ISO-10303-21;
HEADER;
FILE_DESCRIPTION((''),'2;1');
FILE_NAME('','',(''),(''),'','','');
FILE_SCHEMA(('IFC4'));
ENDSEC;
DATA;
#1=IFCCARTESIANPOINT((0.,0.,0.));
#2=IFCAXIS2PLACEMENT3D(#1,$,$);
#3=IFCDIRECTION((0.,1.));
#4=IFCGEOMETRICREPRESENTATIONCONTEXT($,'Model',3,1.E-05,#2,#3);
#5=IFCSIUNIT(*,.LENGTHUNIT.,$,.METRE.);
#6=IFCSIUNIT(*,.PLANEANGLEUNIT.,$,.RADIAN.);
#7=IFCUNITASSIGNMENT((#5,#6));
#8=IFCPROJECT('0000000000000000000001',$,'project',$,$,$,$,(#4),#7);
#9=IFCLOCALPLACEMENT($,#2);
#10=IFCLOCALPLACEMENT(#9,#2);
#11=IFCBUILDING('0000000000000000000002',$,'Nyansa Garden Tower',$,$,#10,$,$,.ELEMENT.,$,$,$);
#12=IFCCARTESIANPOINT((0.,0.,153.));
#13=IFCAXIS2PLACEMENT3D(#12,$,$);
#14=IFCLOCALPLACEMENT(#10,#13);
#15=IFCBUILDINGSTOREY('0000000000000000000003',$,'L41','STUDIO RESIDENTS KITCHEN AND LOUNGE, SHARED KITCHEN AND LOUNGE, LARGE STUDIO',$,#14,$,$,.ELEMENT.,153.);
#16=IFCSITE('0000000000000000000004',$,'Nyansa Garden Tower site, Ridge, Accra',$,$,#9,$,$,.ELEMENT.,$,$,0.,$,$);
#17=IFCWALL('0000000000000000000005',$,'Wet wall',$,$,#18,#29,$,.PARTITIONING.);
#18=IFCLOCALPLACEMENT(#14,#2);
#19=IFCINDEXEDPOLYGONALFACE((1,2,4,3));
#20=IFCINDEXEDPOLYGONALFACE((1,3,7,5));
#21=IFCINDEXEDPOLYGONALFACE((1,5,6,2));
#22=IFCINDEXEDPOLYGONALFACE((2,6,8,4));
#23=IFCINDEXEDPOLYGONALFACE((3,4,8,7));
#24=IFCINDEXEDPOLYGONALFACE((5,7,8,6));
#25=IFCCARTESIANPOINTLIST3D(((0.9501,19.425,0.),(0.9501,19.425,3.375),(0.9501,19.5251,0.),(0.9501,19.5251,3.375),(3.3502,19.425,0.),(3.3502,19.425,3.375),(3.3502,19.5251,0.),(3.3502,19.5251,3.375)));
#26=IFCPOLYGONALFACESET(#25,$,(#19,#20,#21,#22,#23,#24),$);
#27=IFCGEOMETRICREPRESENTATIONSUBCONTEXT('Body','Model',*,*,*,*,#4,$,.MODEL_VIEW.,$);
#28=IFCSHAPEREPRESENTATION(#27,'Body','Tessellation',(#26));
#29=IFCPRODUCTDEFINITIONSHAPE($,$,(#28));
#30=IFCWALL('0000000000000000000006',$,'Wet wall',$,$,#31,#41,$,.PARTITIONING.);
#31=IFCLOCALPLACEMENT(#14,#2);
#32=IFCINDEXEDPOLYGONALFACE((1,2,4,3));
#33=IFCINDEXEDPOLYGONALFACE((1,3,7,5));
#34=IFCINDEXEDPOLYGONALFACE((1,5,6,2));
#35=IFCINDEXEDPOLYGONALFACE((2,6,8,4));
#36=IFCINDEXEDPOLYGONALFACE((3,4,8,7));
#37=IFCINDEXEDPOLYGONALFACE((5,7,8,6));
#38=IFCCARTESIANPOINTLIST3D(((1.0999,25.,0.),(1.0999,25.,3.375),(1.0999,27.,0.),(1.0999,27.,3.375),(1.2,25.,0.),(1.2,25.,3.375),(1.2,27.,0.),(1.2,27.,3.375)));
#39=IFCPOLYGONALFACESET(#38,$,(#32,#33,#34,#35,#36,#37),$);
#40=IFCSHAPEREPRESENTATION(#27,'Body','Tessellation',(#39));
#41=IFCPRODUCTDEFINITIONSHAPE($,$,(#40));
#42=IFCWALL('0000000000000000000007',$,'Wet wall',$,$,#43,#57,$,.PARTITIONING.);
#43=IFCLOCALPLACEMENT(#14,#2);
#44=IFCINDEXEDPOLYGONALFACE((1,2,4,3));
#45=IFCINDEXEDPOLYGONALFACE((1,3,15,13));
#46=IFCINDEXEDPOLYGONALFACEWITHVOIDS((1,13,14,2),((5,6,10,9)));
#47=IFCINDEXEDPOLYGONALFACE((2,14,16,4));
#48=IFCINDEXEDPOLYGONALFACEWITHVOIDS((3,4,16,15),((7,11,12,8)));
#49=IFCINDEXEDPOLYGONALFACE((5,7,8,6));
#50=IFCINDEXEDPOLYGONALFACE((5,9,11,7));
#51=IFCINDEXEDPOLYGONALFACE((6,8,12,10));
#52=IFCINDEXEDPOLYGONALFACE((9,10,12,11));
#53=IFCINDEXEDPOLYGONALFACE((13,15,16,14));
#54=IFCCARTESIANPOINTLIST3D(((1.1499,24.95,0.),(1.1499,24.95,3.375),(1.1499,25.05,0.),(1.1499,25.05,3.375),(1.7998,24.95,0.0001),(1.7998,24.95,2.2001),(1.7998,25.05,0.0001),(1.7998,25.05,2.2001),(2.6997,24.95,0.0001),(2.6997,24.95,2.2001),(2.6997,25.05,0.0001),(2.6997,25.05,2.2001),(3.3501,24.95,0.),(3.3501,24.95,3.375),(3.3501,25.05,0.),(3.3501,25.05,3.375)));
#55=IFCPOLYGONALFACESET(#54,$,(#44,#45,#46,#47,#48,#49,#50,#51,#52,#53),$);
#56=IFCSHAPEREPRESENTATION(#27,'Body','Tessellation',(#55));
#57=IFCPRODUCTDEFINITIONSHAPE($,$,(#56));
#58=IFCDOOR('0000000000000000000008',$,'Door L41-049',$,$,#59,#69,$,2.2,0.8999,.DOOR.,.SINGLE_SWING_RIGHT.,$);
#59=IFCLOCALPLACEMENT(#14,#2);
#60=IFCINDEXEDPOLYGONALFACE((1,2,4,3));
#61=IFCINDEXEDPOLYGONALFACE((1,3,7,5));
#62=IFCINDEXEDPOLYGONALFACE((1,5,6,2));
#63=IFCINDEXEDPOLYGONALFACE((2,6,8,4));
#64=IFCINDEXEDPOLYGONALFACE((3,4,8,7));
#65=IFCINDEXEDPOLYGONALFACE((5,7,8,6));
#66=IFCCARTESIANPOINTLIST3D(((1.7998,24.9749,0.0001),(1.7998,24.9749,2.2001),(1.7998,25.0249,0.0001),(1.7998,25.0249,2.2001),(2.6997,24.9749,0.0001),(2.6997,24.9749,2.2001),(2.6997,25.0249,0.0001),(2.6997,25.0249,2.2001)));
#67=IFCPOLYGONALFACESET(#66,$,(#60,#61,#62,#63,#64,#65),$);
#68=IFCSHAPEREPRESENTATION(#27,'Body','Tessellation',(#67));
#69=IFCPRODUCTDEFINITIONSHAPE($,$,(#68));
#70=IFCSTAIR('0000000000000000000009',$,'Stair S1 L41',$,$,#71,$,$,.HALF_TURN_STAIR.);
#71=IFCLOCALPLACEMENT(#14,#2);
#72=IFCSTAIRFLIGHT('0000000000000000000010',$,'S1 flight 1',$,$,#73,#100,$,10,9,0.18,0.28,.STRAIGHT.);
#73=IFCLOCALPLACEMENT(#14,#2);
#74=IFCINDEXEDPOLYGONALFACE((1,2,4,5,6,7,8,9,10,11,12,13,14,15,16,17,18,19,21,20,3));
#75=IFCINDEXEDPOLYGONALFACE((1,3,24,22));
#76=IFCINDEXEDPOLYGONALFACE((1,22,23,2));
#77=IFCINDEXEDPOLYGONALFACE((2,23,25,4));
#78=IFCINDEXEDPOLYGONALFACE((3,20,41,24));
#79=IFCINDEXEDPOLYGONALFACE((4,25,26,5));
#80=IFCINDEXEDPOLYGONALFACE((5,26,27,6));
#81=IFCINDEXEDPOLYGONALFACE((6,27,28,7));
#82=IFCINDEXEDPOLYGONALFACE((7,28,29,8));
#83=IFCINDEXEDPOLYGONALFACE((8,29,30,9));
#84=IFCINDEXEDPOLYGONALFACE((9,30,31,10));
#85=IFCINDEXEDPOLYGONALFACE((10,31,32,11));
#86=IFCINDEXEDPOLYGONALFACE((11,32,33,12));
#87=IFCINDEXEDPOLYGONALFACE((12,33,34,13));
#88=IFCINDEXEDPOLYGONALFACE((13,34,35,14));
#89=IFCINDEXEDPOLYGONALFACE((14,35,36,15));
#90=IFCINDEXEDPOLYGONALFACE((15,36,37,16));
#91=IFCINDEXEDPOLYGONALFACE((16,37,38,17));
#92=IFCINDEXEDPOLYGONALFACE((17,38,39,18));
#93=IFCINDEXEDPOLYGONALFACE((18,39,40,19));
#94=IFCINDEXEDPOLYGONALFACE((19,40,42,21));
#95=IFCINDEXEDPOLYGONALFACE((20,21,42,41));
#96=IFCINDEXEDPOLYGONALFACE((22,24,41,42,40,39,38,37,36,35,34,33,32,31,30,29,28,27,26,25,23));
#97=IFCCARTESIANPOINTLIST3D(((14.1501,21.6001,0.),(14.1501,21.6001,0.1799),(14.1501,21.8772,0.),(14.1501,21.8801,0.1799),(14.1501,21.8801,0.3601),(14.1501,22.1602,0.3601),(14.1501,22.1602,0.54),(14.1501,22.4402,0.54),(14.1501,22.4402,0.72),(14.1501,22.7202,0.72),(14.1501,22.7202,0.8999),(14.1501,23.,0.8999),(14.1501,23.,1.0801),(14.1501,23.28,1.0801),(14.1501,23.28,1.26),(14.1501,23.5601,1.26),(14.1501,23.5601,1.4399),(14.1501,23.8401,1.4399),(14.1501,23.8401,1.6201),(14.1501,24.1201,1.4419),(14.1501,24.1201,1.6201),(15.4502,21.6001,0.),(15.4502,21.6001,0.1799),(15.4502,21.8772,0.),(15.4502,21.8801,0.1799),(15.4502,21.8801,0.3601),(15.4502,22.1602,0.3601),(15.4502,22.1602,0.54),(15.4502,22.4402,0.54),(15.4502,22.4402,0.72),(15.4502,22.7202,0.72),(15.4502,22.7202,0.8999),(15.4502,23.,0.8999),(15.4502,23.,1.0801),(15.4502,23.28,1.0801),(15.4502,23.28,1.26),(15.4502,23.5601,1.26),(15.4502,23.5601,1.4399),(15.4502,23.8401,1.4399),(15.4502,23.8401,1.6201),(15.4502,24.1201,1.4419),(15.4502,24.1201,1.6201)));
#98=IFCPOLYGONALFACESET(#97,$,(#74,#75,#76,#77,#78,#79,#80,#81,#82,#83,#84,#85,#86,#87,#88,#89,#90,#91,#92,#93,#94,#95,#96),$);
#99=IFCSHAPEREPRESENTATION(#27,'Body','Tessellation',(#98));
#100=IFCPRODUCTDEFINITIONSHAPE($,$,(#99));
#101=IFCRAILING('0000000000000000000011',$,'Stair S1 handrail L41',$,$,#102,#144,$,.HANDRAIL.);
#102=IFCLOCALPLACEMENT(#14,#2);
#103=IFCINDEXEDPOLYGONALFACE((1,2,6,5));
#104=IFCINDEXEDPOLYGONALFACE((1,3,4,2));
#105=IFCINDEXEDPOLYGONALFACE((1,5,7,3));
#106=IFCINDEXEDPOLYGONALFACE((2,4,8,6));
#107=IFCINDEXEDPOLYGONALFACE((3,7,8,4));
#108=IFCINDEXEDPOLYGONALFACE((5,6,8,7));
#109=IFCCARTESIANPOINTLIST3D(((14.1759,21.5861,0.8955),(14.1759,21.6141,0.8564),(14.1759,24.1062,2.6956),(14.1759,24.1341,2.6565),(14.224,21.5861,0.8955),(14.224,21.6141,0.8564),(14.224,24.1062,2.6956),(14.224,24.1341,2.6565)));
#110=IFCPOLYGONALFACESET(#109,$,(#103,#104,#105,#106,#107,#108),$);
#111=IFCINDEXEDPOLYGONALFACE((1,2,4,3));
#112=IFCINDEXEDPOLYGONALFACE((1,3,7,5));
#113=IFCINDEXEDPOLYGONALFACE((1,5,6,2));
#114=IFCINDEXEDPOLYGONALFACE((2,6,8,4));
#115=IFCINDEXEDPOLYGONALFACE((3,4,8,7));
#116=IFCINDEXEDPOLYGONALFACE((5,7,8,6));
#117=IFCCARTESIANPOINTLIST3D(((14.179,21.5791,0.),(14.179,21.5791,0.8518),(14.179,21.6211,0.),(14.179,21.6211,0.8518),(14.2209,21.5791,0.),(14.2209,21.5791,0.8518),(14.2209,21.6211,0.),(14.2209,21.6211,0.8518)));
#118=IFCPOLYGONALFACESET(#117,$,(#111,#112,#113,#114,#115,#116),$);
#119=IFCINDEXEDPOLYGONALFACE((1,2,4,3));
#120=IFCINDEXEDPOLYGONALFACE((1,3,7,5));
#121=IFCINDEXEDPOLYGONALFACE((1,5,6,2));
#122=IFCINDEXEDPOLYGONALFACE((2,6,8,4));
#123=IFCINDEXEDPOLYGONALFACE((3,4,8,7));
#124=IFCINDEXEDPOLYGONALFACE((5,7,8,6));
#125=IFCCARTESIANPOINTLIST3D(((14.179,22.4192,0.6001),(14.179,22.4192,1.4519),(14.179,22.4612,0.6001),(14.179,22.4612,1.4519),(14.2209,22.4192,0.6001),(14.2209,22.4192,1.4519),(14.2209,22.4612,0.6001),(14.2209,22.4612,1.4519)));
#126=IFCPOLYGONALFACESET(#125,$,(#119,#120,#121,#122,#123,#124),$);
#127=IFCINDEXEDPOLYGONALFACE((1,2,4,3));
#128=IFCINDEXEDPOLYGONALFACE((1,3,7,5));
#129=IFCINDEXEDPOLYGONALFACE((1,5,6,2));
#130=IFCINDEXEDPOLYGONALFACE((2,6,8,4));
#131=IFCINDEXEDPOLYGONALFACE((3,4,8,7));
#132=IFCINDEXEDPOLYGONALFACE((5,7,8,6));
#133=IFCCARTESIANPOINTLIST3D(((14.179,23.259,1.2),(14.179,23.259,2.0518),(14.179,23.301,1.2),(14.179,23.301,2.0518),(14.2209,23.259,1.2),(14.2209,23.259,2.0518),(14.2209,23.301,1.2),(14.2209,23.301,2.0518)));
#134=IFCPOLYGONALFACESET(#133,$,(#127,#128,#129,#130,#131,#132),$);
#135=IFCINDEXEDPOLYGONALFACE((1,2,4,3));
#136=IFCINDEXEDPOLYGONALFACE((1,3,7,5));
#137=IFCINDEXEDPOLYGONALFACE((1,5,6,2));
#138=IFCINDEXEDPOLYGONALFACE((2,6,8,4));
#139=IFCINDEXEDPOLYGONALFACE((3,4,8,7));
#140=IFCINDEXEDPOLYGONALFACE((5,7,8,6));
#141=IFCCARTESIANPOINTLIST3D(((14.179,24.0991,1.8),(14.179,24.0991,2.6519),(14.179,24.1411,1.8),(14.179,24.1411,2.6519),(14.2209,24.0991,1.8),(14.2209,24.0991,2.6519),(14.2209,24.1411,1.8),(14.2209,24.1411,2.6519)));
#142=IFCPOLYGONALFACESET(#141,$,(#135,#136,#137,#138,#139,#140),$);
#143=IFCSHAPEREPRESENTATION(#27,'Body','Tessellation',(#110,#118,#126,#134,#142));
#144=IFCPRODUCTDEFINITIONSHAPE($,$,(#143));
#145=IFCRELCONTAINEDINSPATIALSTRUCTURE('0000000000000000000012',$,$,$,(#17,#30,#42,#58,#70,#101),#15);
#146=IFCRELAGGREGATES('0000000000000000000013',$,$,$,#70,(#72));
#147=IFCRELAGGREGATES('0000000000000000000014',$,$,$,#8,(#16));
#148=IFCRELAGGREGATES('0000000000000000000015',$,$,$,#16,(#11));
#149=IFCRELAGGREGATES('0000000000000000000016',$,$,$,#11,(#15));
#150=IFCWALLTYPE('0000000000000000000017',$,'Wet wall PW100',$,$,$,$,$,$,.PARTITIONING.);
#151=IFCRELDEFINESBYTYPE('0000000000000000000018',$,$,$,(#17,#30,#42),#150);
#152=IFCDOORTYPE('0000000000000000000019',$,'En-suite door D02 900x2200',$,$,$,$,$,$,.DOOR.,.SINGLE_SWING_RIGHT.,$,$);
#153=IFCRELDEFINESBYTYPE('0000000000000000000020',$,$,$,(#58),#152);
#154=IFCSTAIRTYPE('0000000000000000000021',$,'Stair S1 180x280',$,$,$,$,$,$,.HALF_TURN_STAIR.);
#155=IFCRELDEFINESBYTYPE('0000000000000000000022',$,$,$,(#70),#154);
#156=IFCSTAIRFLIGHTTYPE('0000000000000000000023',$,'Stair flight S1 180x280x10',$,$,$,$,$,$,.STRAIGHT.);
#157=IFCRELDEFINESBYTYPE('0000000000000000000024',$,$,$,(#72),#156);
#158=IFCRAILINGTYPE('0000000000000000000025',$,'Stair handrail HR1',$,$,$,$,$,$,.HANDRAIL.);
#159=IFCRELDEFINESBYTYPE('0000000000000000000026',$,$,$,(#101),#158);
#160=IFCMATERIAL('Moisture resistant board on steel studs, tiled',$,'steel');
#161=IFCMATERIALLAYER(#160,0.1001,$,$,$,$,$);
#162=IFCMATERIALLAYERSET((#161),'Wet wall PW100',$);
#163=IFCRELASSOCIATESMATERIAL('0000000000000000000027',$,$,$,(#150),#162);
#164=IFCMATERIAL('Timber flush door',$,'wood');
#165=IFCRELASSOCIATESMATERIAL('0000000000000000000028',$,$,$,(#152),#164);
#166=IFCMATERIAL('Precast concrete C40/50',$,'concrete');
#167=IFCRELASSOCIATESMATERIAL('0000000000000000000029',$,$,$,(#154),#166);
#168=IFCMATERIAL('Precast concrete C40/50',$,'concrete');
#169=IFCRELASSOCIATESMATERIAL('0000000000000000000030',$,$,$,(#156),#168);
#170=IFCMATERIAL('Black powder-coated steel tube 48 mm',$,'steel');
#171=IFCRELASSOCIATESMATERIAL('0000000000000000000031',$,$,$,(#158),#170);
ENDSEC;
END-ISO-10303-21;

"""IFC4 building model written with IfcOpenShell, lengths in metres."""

from ifc_helpers import new_model, si_unit, direction, frame, frame_2d, origin, origin_2d, place, context, subcontext, project, spatial, polyline, rectangle, outline, extrude, material, layer, layer_set, type_object, element, fill, aggregate, save


model = new_model("IFC4")

# Units and contexts
model_context = context("Model", 3, precision=1e-05, world=origin(), true_north=direction((0.0, 1.0)))
body_context = subcontext(model_context, "Body", "Model", "MODEL_VIEW")
ifc_project = project(units=[si_unit("LENGTHUNIT", "METRE"), si_unit("PLANEANGLEUNIT", "RADIAN")], contexts=[model_context])

# Site, building, storey
site_placement = place(None, origin())
site = spatial("IfcSite", under=ifc_project, at=site_placement, Name="Nyansa Garden Tower site, Ridge, Accra", CompositionType="ELEMENT", RefElevation=0.0)
building_placement = place(site_placement, origin())
building = spatial("IfcBuilding", under=site, at=building_placement, Name="Nyansa Garden Tower", CompositionType="ELEMENT")
storey_placement = place(building_placement, frame((0.0, 0.0, 153.0)))
storey = spatial("IfcBuildingStorey", under=building, at=storey_placement, Name="L41", Description="STUDIO RESIDENTS KITCHEN AND LOUNGE, SHARED KITCHEN AND LOUNGE, LARGE STUDIO", CompositionType="ELEMENT", Elevation=153.0)

# Walls
ifc_material_1 = material(Name="Moisture resistant board on steel studs, tiled", Category="steel")
ifc_layer_1 = layer(ifc_material_1, 0.1001)
ifc_layer_set_1 = layer_set([ifc_layer_1], Name="Wet wall PW100")
wall_type_1 = type_object("IfcWallType", Name="Wet wall PW100", PredefinedType="PARTITIONING", material=ifc_layer_set_1)
wall_1_placement = place(storey_placement, frame((0.95, 19.4751, 0.0), z_axis=(0.0, 0.0, 1.0), x_axis=(1.0, 0.0, 0.0)))
element("IfcWall", 1, at=wall_1_placement, inside=storey, type_object=wall_type_1, Name="Wet wall", PredefinedType="PARTITIONING", context=body_context, shape_type="SweptSolid", body=[
    extrude(rectangle(XDim=2.4001, YDim=0.1001, at=frame_2d((1.2002, 0.0))), origin(), (0.0, 0.0, 1.0), 3.375),
])
wall_2_placement = place(storey_placement, frame((1.1499, 25.0, 0.0), z_axis=(0.0, 0.0, 1.0), x_axis=(0.0, 1.0, 0.0)))
element("IfcWall", 2, at=wall_2_placement, inside=storey, type_object=wall_type_1, Name="Wet wall", PredefinedType="PARTITIONING", context=body_context, shape_type="SweptSolid", body=[
    extrude(rectangle(XDim=2.0, YDim=0.1001, at=frame_2d((1.0, 0.0))), origin(), (0.0, 0.0, 1.0), 3.375),
])

# Wall, opening, door
wall_3_placement = place(storey_placement, frame((1.1499, 25.0, 0.0), z_axis=(0.0, 0.0, 1.0), x_axis=(1.0, 0.0, 0.0)))
wall_3 = element("IfcWall", 3, at=wall_3_placement, inside=storey, type_object=wall_type_1, Name="Wet wall", PredefinedType="PARTITIONING", context=body_context, shape_type="SweptSolid", body=[
    extrude(rectangle(XDim=2.2002, YDim=0.1001, at=frame_2d((1.1001, 0.0))), origin(), (0.0, 0.0, 1.0), 3.375),
])
opening_1_placement = place(wall_3_placement, frame((0.6499, 0.0, 0.0)))
opening_1 = element("IfcOpeningElement", 4, at=opening_1_placement, cuts=wall_3, PredefinedType="OPENING", context=body_context, shape_type="SweptSolid", body=[
    extrude(rectangle(XDim=0.8999, YDim=2.2, at=frame_2d((0.45, 1.1001))), frame((0.0, 0.0601, 0.0), z_axis=(0.0, -1.0, 0.0), x_axis=(1.0, 0.0, 0.0)), (0.0, 0.0, 1.0), 0.1201),
])
ifc_material_2 = material(Name="Timber flush door", Category="wood")
door_type_1 = type_object("IfcDoorType", Name="En-suite door D02 900x2200", OperationType="SINGLE_SWING_RIGHT", PredefinedType="DOOR", material=ifc_material_2)
door_1_placement = place(opening_1_placement, origin())
door_1 = element("IfcDoor", 5, at=door_1_placement, inside=storey, type_object=door_type_1, Name="Door L41-049", OperationType="SINGLE_SWING_RIGHT", OverallHeight=2.2, OverallWidth=0.8999, PredefinedType="DOOR", context=body_context, shape_type="SweptSolid", body=[
    extrude(rectangle(XDim=0.8999, YDim=2.2, at=frame_2d((0.45, 1.1001))), frame((0.0, 0.0249, 0.0), z_axis=(0.0, -1.0, 0.0), x_axis=(1.0, 0.0, 0.0)), (0.0, 0.0, 1.0), 0.05),
])
fill(opening_1, door_1)

# Stair, stair flight
ifc_material_3 = material(Name="Precast concrete C40/50", Category="concrete")
stair_type = type_object("IfcStairType", Name="Stair S1 180x280", PredefinedType="HALF_TURN_STAIR", material=ifc_material_3)
stair_placement = place(storey_placement, origin())
stair = element("IfcStair", 6, at=stair_placement, inside=storey, type_object=stair_type, Name="Stair S1 L41", PredefinedType="HALF_TURN_STAIR")
ifc_material_4 = material(Name="Precast concrete C40/50", Category="concrete")
stair_flight_type = type_object("IfcStairFlightType", Name="Stair flight S1 180x280x10", PredefinedType="STRAIGHT", material=ifc_material_4)
stair_flight_placement = place(storey_placement, frame((14.8, 21.6001, 0.0), z_axis=(0.0, 0.0, 1.0), x_axis=(0.0, 1.0, 0.0)))
stair_flight = element("IfcStairFlight", 7, at=stair_flight_placement, type_object=stair_flight_type, Name="S1 flight 1", NumberOfRisers=10, NumberOfTreads=9, PredefinedType="STRAIGHT", RiserHeight=0.18, TreadLength=0.28, context=body_context, shape_type="SweptSolid", body=[
    extrude(outline(polyline([(0.0, 0.0), (0.0, 0.1799), (0.28, 0.1799), (0.28, 0.3601), (0.5601, 0.3601), (0.5601, 0.54), (0.8401, 0.54), (0.8401, 0.72), (1.1201, 0.72), (1.1201, 0.8999), (1.3999, 0.8999), (1.3999, 1.0801), (1.6799, 1.0801), (1.6799, 1.26), (1.96, 1.26), (1.96, 1.4399), (2.24, 1.4399), (2.24, 1.6201), (2.52, 1.6201), (2.52, 1.8), (2.52, 1.4419), (0.2771, 0.0), (0.0, 0.0)])), frame((0.0, 0.6499, 0.0), z_axis=(0.0, -1.0, 0.0), x_axis=(1.0, 0.0, 0.0)), (0.0, 0.0, 1.0), 1.3),
])
aggregate(stair, [stair_flight])

# Railing
ifc_material_5 = material(Name="Black powder-coated steel tube 48 mm", Category="steel")
railing_type = type_object("IfcRailingType", Name="Stair handrail HR1", PredefinedType="HANDRAIL", material=ifc_material_5)
railing_placement = place(storey_placement, frame((14.2, 21.6001, 0.0)))
element("IfcRailing", 8, at=railing_placement, inside=storey, type_object=railing_type, Name="Stair S1 handrail L41", PredefinedType="HANDRAIL", context=body_context, shape_type="SweptSolid", body=[
    extrude(rectangle(XDim=0.0481, YDim=0.0481, at=origin_2d()), frame((0.0, 0.0, 0.876), z_axis=(0.0, 0.813728, 0.581246), x_axis=(-1.0, 0.0, 0.0)), (0.0, 0.0, 1.0), 3.0969),
    extrude(rectangle(XDim=0.042, YDim=0.042, at=origin_2d()), origin(), (0.0, 0.0, 1.0), 0.8518),
    extrude(rectangle(XDim=0.042, YDim=0.042, at=origin_2d()), frame((0.0, 0.8401, 0.6001)), (0.0, 0.0, 1.0), 0.8518),
    extrude(rectangle(XDim=0.042, YDim=0.042, at=origin_2d()), frame((0.0, 1.6799, 1.2)), (0.0, 0.0, 1.0), 0.8518),
    extrude(rectangle(XDim=0.042, YDim=0.042, at=origin_2d()), frame((0.0, 2.52, 1.8)), (0.0, 0.0, 1.0), 0.8518),
])

save(model, "model.ifc")
